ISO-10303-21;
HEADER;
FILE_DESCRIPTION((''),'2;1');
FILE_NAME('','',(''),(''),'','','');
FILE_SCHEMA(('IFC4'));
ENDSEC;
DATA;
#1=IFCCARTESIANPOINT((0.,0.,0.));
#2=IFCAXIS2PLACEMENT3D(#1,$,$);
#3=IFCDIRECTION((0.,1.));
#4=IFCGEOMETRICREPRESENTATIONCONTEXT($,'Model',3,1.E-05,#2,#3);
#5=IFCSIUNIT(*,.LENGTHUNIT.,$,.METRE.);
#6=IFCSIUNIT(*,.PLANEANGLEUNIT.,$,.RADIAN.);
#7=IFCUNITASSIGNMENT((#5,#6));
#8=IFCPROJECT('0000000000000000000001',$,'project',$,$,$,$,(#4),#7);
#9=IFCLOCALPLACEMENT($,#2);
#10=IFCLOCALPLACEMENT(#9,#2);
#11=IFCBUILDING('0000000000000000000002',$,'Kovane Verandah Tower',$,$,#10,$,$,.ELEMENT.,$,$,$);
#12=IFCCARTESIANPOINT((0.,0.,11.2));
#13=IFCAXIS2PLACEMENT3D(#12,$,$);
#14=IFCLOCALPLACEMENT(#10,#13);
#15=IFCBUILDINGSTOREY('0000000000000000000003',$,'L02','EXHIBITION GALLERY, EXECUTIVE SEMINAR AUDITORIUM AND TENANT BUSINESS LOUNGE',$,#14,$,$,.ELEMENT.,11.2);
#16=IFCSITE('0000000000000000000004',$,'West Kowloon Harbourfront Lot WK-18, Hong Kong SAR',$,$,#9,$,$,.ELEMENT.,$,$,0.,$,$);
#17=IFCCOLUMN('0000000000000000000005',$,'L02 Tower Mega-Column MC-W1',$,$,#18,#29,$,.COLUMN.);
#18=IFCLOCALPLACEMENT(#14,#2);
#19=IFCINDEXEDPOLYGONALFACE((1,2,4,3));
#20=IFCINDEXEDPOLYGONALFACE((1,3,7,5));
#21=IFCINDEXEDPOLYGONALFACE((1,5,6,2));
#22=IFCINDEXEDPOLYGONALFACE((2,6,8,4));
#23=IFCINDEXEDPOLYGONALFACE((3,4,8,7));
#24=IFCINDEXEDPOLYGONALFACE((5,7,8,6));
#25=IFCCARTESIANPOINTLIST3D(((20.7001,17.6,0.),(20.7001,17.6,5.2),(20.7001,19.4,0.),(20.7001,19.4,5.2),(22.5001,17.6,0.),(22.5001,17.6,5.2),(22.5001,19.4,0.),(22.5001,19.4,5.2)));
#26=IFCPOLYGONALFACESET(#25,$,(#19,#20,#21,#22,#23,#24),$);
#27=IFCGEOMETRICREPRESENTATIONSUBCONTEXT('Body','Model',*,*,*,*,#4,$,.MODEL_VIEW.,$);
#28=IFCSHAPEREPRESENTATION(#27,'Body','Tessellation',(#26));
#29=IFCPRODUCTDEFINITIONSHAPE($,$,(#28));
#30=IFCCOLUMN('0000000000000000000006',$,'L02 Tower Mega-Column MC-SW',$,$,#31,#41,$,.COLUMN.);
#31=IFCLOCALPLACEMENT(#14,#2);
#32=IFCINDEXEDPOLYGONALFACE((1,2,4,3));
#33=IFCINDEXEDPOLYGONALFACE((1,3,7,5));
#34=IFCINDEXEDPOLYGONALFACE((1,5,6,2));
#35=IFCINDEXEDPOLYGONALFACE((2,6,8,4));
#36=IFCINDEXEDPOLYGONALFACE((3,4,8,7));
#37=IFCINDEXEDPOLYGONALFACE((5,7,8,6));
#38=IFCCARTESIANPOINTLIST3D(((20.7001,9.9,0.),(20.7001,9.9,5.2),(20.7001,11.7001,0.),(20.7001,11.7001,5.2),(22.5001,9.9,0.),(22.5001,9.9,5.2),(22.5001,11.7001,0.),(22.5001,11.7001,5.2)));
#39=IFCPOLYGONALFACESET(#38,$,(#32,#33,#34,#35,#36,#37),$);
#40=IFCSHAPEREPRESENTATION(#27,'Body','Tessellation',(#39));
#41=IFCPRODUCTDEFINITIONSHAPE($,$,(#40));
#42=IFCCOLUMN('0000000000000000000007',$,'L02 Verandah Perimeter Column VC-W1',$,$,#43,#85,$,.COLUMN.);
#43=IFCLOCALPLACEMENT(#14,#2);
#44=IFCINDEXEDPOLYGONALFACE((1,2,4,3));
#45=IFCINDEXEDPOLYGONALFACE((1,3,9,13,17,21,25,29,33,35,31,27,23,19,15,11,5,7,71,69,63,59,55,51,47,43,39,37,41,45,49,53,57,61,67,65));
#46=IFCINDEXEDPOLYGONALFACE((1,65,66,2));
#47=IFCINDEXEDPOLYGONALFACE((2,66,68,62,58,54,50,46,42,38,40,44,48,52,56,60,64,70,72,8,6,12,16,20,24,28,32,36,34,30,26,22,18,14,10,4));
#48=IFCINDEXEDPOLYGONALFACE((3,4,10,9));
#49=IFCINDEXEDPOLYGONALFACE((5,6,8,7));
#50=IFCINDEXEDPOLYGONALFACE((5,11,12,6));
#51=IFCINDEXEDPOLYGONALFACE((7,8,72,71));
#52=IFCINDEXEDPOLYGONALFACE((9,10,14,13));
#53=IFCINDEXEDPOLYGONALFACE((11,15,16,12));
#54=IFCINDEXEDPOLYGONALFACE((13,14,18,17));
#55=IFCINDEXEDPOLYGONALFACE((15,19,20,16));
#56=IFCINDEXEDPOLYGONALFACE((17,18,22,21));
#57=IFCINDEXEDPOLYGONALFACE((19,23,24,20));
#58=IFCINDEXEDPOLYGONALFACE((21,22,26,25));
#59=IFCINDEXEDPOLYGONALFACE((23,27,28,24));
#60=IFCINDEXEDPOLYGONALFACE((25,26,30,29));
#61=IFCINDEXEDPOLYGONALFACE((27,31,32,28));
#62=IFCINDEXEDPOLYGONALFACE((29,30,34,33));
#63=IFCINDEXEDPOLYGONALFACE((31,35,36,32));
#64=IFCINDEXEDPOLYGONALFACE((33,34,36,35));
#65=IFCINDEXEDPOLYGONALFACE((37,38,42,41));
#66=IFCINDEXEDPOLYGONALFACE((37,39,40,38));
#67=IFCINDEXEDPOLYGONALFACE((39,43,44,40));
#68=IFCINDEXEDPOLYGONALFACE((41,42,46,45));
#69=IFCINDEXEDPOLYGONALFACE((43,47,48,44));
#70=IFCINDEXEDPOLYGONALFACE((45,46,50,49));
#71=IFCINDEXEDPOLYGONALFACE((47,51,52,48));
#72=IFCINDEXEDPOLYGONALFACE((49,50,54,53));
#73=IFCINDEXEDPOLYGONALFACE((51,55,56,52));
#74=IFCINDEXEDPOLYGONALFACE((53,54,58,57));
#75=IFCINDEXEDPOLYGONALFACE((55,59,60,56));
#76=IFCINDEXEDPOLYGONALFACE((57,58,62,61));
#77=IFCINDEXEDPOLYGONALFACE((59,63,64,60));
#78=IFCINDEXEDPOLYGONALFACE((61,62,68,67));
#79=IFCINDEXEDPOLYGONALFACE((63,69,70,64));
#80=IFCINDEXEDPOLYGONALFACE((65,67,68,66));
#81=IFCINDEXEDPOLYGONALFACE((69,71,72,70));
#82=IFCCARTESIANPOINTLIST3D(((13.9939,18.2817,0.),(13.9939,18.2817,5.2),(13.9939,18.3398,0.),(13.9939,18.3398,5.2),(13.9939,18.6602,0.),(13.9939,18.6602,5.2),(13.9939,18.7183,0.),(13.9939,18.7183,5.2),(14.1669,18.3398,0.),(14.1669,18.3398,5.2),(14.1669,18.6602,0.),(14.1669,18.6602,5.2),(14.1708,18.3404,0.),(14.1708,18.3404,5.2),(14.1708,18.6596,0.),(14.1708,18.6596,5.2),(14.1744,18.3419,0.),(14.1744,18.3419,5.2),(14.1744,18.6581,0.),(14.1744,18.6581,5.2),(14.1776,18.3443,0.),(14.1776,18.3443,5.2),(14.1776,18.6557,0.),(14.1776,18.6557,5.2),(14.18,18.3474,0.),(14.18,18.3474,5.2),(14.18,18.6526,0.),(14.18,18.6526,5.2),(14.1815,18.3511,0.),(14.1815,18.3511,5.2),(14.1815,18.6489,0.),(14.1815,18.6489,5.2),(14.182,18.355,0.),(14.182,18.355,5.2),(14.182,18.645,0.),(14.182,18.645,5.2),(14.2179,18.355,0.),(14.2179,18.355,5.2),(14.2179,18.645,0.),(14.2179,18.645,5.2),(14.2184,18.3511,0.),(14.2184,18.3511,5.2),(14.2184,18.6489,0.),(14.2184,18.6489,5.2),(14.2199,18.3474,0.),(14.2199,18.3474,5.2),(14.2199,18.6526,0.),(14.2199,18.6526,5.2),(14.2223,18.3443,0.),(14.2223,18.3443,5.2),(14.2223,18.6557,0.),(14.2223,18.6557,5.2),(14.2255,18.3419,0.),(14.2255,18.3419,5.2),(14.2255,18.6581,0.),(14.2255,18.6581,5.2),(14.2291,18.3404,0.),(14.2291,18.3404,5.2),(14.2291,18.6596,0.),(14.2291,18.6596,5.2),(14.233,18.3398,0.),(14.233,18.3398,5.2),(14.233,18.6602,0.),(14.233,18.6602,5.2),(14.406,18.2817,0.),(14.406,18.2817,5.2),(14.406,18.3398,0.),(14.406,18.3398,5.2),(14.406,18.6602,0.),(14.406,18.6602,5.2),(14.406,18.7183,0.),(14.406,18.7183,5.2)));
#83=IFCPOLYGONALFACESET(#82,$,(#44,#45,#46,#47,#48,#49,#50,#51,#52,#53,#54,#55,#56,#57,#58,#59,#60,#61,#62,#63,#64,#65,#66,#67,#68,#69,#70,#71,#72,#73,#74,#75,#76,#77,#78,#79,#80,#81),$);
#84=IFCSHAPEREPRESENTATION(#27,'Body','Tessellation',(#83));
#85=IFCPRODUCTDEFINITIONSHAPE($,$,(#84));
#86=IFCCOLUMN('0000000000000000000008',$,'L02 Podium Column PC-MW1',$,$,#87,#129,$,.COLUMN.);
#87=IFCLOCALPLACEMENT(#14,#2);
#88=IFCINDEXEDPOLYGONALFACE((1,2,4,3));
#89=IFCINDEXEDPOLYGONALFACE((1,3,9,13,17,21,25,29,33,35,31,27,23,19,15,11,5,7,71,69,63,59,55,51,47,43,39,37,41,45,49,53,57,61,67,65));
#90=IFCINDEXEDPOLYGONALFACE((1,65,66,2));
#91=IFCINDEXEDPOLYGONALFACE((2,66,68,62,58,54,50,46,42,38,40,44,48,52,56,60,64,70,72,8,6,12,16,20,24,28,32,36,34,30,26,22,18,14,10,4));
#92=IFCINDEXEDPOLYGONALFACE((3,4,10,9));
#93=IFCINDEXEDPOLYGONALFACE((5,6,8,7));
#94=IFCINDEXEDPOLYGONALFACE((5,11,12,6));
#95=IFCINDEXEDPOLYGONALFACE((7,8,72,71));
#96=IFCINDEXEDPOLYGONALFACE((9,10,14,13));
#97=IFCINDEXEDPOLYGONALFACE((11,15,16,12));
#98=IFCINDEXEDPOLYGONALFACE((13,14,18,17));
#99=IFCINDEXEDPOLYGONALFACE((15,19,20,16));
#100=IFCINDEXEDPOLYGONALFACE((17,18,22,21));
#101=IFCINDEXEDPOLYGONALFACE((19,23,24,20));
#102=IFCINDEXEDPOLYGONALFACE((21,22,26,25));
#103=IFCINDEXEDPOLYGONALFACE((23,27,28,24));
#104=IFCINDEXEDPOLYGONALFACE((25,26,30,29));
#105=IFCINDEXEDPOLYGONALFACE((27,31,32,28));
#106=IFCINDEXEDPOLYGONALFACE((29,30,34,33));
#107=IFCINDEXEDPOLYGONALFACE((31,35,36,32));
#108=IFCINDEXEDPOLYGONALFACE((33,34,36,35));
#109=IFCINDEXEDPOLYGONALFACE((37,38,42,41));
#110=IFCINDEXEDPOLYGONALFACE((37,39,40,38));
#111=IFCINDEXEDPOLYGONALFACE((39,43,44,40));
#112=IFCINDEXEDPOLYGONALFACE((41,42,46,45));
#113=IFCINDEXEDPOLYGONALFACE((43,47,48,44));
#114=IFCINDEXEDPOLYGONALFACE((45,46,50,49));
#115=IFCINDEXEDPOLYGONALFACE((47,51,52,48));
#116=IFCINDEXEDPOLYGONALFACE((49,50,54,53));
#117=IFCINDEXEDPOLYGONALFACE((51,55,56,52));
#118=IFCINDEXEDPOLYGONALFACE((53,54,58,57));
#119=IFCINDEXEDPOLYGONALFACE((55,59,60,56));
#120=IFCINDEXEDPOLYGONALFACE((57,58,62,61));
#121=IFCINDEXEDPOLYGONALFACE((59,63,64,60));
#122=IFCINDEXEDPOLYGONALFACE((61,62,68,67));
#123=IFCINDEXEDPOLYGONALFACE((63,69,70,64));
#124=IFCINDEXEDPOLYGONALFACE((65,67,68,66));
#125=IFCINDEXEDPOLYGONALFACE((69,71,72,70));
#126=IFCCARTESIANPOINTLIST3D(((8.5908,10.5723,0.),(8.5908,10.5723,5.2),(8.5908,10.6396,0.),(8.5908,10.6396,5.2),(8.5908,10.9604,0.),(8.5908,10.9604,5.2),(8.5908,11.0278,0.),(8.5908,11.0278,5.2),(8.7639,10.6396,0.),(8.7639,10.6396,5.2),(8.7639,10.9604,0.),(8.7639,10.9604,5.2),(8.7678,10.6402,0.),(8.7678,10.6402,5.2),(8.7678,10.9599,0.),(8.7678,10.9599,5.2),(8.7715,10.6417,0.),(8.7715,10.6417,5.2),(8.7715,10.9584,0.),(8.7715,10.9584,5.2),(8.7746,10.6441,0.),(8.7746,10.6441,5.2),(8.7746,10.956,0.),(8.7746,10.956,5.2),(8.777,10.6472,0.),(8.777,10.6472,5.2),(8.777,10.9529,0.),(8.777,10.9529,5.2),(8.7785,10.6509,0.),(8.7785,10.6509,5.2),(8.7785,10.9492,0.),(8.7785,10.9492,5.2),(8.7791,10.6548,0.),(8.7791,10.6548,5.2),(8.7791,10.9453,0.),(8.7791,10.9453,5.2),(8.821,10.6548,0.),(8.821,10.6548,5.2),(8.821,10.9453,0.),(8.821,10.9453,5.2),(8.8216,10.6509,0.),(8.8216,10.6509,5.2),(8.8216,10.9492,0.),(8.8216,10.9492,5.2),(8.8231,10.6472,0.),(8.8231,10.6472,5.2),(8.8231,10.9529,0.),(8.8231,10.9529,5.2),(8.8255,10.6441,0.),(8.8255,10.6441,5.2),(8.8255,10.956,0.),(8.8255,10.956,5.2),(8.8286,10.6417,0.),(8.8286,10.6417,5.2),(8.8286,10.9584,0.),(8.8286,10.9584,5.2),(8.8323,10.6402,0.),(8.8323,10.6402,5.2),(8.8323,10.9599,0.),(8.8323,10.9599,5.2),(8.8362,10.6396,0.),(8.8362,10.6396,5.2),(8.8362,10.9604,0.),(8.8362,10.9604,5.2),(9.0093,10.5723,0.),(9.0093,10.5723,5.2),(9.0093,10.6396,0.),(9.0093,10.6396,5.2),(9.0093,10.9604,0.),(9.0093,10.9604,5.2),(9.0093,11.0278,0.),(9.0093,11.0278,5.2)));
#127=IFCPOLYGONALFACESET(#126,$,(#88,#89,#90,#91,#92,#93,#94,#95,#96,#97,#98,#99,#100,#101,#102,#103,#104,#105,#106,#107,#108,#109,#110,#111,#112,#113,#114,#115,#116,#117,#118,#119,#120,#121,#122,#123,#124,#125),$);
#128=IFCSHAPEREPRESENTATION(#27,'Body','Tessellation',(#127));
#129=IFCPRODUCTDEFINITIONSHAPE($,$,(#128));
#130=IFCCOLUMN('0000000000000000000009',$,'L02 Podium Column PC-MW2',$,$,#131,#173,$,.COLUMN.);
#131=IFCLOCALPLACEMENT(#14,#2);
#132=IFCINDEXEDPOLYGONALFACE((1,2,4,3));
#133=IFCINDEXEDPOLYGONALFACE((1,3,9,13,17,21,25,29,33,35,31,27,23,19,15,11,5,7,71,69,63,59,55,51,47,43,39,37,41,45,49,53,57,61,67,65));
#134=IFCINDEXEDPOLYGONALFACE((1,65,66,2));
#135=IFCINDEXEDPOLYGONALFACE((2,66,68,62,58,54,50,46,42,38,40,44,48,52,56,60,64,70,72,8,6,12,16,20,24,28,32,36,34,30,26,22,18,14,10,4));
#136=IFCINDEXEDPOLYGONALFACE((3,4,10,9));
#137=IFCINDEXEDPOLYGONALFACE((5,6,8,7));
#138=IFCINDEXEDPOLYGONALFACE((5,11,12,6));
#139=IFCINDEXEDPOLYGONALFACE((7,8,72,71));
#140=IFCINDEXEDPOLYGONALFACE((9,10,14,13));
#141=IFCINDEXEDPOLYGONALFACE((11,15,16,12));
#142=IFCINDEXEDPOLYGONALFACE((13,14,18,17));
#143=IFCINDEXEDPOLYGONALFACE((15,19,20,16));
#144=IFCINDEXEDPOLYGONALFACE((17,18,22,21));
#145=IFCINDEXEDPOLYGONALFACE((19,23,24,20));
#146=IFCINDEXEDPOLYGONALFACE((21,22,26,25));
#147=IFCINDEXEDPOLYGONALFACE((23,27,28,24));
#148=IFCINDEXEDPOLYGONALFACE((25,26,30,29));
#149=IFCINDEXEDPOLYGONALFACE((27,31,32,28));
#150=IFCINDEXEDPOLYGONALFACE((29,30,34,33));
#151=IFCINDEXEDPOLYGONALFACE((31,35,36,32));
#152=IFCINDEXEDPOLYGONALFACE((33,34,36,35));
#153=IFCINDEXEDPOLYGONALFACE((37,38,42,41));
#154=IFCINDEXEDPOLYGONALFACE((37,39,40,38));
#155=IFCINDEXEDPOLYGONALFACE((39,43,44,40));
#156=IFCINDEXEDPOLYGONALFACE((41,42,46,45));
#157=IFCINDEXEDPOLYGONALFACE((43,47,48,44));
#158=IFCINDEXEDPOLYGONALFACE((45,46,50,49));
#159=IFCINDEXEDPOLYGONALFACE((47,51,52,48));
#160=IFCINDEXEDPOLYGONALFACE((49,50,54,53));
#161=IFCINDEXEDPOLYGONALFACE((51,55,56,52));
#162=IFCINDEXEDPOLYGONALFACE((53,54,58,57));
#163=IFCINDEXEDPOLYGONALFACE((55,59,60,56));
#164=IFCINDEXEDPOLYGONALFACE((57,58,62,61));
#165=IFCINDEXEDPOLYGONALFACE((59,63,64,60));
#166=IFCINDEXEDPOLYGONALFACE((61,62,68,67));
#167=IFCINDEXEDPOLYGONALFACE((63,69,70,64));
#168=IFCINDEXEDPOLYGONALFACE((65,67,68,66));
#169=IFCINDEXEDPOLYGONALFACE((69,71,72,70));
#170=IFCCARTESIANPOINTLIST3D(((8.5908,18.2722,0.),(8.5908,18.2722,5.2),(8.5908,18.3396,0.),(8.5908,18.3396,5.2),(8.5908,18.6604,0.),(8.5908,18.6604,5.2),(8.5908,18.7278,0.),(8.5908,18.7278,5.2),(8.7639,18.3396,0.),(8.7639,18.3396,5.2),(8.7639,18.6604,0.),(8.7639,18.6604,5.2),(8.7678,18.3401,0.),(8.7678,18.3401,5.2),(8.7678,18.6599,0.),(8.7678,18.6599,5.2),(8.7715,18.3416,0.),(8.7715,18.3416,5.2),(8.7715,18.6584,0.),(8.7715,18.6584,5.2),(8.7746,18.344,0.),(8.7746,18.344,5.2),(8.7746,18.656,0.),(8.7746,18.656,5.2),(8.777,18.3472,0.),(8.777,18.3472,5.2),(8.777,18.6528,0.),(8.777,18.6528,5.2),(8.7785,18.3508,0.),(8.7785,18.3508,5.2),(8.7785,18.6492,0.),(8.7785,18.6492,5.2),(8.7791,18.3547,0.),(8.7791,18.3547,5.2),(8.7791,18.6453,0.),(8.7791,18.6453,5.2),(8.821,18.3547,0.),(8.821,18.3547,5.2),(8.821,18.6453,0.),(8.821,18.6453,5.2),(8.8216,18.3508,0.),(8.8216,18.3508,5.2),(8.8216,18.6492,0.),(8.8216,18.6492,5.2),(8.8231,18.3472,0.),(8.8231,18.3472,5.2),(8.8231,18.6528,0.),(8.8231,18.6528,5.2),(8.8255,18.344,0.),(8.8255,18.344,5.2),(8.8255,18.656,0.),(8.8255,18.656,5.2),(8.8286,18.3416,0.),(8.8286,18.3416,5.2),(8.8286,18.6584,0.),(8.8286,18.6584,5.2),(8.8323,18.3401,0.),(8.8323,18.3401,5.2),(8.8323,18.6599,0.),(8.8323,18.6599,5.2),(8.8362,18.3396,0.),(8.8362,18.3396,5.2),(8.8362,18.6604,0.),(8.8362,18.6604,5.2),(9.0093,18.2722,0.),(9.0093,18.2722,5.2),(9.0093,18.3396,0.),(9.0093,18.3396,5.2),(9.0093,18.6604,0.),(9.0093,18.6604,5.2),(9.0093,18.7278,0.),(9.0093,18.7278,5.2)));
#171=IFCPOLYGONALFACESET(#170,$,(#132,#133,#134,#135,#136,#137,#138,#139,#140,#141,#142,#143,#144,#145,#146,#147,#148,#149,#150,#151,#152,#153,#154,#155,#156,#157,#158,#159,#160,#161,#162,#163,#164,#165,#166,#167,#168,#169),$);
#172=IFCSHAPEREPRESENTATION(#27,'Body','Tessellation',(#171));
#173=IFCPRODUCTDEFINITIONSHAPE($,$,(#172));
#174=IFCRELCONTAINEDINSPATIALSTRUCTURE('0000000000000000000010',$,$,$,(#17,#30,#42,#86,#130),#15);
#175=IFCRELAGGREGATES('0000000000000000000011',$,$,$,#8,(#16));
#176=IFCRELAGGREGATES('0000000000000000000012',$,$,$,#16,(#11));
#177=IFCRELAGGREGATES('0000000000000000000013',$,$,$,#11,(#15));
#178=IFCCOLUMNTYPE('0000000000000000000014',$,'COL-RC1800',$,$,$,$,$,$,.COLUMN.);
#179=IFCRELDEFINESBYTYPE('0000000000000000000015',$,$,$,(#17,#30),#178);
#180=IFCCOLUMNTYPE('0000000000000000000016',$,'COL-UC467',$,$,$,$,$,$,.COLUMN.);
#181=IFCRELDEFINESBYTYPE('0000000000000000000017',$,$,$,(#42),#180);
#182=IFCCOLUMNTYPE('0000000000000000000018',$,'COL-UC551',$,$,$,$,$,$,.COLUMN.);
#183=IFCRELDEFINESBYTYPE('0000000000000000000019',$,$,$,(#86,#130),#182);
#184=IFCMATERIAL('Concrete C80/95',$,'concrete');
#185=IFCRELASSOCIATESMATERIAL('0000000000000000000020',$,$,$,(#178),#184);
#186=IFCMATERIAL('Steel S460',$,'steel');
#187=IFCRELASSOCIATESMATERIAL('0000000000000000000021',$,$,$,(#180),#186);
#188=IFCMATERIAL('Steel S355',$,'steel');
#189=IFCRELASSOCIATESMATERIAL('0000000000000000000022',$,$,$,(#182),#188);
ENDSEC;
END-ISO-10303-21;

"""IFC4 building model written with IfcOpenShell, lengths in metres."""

from ifc_helpers import new_model, si_unit, direction, frame, origin, origin_2d, place, context, subcontext, project, spatial, rectangle, i_section, extrude, material, material_profile, profile_set, type_object, element, save


model = new_model("IFC4")

# Units and contexts
model_context = context("Model", 3, precision=1e-05, world=origin(), true_north=direction((0.0, 1.0)))
body_context = subcontext(model_context, "Body", "Model", "MODEL_VIEW")
ifc_project = project(units=[si_unit("LENGTHUNIT", "METRE"), si_unit("PLANEANGLEUNIT", "RADIAN")], contexts=[model_context])

# Site, building, storey
site_placement = place(None, origin())
site = spatial("IfcSite", under=ifc_project, at=site_placement, Name="West Kowloon Harbourfront Lot WK-18, Hong Kong SAR", CompositionType="ELEMENT", RefElevation=0.0)
building_placement = place(site_placement, origin())
building = spatial("IfcBuilding", under=site, at=building_placement, Name="Kovane Verandah Tower", CompositionType="ELEMENT")
storey_placement = place(building_placement, frame((0.0, 0.0, 11.2)))
storey = spatial("IfcBuildingStorey", under=building, at=storey_placement, Name="L02", Description="EXHIBITION GALLERY, EXECUTIVE SEMINAR AUDITORIUM AND TENANT BUSINESS LOUNGE", CompositionType="ELEMENT", Elevation=11.2)

# Columns
ifc_material_1 = material(Name="Concrete C80/95", Category="concrete")
ifc_material_profile_1 = material_profile(ifc_material_1, rectangle(XDim=1.8, YDim=1.8, at=origin_2d()), Name="RC1800x1800")
ifc_profile_set_1 = profile_set([ifc_material_profile_1], Name="Concrete C80/95")
column_type_1 = type_object("IfcColumnType", Name="COL-RC1800", PredefinedType="COLUMN", material=ifc_profile_set_1)
for number, where, z_axis, x_axis, name in (
    (1, (21.6001, 18.5, 0.0), (0.0, 0.0, 1.0), (1.0, 0.0, 0.0), "L02 Tower Mega-Column MC-W1"),
    (2, (21.6001, 10.8, 0.0), (0.0, 0.0, 1.0), (1.0, 0.0, 0.0), "L02 Tower Mega-Column MC-SW"),
):
    element("IfcColumn", number, at=place(storey_placement, frame(where, z_axis=z_axis, x_axis=x_axis)), inside=storey, type_object=column_type_1, Name=name, PredefinedType="COLUMN", context=body_context, shape_type="SweptSolid", body=[
        extrude(rectangle(XDim=1.8, YDim=1.8, at=origin_2d()), origin(), (0.0, 0.0, 1.0), 5.2),
    ])
ifc_material_2 = material(Name="Steel S460", Category="steel")
ifc_material_profile_2 = material_profile(ifc_material_2, i_section(OverallWidth=0.4121, OverallDepth=0.4365, WebThickness=0.0359, FlangeThickness=0.0581, FilletRadius=0.0151, at=origin_2d()), Name="UC356x406x467")
ifc_profile_set_2 = profile_set([ifc_material_profile_2], Name="Steel S460")
column_type_2 = type_object("IfcColumnType", Name="COL-UC467", PredefinedType="COLUMN", material=ifc_profile_set_2)
column_placement = place(storey_placement, frame((14.2, 18.5, 0.0), z_axis=(0.0, 0.0, 1.0), x_axis=(1.0, 0.0, 0.0)))
element("IfcColumn", 3, at=column_placement, inside=storey, type_object=column_type_2, Name="L02 Verandah Perimeter Column VC-W1", PredefinedType="COLUMN", context=body_context, shape_type="SweptSolid", body=[
    extrude(i_section(OverallWidth=0.4121, OverallDepth=0.4365, WebThickness=0.0359, FlangeThickness=0.0581, FilletRadius=0.0151, at=origin_2d()), origin(), (0.0, 0.0, 1.0), 5.2),
])
ifc_material_3 = material(Name="Steel S355", Category="steel")
ifc_material_profile_3 = material_profile(ifc_material_3, i_section(OverallWidth=0.4185, OverallDepth=0.4556, WebThickness=0.042, FlangeThickness=0.0674, FilletRadius=0.0151, at=origin_2d()), Name="UC356x406x551")
ifc_profile_set_3 = profile_set([ifc_material_profile_3], Name="Steel S355")
column_type_3 = type_object("IfcColumnType", Name="COL-UC551", PredefinedType="COLUMN", material=ifc_profile_set_3)
for number, where, z_axis, x_axis, name in (
    (4, (8.8, 10.8, 0.0), (0.0, 0.0, 1.0), (1.0, 0.0, 0.0), "L02 Podium Column PC-MW1"),
    (5, (8.8, 18.5, 0.0), (0.0, 0.0, 1.0), (1.0, 0.0, 0.0), "L02 Podium Column PC-MW2"),
):
    element("IfcColumn", number, at=place(storey_placement, frame(where, z_axis=z_axis, x_axis=x_axis)), inside=storey, type_object=column_type_3, Name=name, PredefinedType="COLUMN", context=body_context, shape_type="SweptSolid", body=[
        extrude(i_section(OverallWidth=0.4185, OverallDepth=0.4556, WebThickness=0.042, FlangeThickness=0.0674, FilletRadius=0.0151, at=origin_2d()), origin(), (0.0, 0.0, 1.0), 5.2),
    ])

save(model, "model.ifc")
